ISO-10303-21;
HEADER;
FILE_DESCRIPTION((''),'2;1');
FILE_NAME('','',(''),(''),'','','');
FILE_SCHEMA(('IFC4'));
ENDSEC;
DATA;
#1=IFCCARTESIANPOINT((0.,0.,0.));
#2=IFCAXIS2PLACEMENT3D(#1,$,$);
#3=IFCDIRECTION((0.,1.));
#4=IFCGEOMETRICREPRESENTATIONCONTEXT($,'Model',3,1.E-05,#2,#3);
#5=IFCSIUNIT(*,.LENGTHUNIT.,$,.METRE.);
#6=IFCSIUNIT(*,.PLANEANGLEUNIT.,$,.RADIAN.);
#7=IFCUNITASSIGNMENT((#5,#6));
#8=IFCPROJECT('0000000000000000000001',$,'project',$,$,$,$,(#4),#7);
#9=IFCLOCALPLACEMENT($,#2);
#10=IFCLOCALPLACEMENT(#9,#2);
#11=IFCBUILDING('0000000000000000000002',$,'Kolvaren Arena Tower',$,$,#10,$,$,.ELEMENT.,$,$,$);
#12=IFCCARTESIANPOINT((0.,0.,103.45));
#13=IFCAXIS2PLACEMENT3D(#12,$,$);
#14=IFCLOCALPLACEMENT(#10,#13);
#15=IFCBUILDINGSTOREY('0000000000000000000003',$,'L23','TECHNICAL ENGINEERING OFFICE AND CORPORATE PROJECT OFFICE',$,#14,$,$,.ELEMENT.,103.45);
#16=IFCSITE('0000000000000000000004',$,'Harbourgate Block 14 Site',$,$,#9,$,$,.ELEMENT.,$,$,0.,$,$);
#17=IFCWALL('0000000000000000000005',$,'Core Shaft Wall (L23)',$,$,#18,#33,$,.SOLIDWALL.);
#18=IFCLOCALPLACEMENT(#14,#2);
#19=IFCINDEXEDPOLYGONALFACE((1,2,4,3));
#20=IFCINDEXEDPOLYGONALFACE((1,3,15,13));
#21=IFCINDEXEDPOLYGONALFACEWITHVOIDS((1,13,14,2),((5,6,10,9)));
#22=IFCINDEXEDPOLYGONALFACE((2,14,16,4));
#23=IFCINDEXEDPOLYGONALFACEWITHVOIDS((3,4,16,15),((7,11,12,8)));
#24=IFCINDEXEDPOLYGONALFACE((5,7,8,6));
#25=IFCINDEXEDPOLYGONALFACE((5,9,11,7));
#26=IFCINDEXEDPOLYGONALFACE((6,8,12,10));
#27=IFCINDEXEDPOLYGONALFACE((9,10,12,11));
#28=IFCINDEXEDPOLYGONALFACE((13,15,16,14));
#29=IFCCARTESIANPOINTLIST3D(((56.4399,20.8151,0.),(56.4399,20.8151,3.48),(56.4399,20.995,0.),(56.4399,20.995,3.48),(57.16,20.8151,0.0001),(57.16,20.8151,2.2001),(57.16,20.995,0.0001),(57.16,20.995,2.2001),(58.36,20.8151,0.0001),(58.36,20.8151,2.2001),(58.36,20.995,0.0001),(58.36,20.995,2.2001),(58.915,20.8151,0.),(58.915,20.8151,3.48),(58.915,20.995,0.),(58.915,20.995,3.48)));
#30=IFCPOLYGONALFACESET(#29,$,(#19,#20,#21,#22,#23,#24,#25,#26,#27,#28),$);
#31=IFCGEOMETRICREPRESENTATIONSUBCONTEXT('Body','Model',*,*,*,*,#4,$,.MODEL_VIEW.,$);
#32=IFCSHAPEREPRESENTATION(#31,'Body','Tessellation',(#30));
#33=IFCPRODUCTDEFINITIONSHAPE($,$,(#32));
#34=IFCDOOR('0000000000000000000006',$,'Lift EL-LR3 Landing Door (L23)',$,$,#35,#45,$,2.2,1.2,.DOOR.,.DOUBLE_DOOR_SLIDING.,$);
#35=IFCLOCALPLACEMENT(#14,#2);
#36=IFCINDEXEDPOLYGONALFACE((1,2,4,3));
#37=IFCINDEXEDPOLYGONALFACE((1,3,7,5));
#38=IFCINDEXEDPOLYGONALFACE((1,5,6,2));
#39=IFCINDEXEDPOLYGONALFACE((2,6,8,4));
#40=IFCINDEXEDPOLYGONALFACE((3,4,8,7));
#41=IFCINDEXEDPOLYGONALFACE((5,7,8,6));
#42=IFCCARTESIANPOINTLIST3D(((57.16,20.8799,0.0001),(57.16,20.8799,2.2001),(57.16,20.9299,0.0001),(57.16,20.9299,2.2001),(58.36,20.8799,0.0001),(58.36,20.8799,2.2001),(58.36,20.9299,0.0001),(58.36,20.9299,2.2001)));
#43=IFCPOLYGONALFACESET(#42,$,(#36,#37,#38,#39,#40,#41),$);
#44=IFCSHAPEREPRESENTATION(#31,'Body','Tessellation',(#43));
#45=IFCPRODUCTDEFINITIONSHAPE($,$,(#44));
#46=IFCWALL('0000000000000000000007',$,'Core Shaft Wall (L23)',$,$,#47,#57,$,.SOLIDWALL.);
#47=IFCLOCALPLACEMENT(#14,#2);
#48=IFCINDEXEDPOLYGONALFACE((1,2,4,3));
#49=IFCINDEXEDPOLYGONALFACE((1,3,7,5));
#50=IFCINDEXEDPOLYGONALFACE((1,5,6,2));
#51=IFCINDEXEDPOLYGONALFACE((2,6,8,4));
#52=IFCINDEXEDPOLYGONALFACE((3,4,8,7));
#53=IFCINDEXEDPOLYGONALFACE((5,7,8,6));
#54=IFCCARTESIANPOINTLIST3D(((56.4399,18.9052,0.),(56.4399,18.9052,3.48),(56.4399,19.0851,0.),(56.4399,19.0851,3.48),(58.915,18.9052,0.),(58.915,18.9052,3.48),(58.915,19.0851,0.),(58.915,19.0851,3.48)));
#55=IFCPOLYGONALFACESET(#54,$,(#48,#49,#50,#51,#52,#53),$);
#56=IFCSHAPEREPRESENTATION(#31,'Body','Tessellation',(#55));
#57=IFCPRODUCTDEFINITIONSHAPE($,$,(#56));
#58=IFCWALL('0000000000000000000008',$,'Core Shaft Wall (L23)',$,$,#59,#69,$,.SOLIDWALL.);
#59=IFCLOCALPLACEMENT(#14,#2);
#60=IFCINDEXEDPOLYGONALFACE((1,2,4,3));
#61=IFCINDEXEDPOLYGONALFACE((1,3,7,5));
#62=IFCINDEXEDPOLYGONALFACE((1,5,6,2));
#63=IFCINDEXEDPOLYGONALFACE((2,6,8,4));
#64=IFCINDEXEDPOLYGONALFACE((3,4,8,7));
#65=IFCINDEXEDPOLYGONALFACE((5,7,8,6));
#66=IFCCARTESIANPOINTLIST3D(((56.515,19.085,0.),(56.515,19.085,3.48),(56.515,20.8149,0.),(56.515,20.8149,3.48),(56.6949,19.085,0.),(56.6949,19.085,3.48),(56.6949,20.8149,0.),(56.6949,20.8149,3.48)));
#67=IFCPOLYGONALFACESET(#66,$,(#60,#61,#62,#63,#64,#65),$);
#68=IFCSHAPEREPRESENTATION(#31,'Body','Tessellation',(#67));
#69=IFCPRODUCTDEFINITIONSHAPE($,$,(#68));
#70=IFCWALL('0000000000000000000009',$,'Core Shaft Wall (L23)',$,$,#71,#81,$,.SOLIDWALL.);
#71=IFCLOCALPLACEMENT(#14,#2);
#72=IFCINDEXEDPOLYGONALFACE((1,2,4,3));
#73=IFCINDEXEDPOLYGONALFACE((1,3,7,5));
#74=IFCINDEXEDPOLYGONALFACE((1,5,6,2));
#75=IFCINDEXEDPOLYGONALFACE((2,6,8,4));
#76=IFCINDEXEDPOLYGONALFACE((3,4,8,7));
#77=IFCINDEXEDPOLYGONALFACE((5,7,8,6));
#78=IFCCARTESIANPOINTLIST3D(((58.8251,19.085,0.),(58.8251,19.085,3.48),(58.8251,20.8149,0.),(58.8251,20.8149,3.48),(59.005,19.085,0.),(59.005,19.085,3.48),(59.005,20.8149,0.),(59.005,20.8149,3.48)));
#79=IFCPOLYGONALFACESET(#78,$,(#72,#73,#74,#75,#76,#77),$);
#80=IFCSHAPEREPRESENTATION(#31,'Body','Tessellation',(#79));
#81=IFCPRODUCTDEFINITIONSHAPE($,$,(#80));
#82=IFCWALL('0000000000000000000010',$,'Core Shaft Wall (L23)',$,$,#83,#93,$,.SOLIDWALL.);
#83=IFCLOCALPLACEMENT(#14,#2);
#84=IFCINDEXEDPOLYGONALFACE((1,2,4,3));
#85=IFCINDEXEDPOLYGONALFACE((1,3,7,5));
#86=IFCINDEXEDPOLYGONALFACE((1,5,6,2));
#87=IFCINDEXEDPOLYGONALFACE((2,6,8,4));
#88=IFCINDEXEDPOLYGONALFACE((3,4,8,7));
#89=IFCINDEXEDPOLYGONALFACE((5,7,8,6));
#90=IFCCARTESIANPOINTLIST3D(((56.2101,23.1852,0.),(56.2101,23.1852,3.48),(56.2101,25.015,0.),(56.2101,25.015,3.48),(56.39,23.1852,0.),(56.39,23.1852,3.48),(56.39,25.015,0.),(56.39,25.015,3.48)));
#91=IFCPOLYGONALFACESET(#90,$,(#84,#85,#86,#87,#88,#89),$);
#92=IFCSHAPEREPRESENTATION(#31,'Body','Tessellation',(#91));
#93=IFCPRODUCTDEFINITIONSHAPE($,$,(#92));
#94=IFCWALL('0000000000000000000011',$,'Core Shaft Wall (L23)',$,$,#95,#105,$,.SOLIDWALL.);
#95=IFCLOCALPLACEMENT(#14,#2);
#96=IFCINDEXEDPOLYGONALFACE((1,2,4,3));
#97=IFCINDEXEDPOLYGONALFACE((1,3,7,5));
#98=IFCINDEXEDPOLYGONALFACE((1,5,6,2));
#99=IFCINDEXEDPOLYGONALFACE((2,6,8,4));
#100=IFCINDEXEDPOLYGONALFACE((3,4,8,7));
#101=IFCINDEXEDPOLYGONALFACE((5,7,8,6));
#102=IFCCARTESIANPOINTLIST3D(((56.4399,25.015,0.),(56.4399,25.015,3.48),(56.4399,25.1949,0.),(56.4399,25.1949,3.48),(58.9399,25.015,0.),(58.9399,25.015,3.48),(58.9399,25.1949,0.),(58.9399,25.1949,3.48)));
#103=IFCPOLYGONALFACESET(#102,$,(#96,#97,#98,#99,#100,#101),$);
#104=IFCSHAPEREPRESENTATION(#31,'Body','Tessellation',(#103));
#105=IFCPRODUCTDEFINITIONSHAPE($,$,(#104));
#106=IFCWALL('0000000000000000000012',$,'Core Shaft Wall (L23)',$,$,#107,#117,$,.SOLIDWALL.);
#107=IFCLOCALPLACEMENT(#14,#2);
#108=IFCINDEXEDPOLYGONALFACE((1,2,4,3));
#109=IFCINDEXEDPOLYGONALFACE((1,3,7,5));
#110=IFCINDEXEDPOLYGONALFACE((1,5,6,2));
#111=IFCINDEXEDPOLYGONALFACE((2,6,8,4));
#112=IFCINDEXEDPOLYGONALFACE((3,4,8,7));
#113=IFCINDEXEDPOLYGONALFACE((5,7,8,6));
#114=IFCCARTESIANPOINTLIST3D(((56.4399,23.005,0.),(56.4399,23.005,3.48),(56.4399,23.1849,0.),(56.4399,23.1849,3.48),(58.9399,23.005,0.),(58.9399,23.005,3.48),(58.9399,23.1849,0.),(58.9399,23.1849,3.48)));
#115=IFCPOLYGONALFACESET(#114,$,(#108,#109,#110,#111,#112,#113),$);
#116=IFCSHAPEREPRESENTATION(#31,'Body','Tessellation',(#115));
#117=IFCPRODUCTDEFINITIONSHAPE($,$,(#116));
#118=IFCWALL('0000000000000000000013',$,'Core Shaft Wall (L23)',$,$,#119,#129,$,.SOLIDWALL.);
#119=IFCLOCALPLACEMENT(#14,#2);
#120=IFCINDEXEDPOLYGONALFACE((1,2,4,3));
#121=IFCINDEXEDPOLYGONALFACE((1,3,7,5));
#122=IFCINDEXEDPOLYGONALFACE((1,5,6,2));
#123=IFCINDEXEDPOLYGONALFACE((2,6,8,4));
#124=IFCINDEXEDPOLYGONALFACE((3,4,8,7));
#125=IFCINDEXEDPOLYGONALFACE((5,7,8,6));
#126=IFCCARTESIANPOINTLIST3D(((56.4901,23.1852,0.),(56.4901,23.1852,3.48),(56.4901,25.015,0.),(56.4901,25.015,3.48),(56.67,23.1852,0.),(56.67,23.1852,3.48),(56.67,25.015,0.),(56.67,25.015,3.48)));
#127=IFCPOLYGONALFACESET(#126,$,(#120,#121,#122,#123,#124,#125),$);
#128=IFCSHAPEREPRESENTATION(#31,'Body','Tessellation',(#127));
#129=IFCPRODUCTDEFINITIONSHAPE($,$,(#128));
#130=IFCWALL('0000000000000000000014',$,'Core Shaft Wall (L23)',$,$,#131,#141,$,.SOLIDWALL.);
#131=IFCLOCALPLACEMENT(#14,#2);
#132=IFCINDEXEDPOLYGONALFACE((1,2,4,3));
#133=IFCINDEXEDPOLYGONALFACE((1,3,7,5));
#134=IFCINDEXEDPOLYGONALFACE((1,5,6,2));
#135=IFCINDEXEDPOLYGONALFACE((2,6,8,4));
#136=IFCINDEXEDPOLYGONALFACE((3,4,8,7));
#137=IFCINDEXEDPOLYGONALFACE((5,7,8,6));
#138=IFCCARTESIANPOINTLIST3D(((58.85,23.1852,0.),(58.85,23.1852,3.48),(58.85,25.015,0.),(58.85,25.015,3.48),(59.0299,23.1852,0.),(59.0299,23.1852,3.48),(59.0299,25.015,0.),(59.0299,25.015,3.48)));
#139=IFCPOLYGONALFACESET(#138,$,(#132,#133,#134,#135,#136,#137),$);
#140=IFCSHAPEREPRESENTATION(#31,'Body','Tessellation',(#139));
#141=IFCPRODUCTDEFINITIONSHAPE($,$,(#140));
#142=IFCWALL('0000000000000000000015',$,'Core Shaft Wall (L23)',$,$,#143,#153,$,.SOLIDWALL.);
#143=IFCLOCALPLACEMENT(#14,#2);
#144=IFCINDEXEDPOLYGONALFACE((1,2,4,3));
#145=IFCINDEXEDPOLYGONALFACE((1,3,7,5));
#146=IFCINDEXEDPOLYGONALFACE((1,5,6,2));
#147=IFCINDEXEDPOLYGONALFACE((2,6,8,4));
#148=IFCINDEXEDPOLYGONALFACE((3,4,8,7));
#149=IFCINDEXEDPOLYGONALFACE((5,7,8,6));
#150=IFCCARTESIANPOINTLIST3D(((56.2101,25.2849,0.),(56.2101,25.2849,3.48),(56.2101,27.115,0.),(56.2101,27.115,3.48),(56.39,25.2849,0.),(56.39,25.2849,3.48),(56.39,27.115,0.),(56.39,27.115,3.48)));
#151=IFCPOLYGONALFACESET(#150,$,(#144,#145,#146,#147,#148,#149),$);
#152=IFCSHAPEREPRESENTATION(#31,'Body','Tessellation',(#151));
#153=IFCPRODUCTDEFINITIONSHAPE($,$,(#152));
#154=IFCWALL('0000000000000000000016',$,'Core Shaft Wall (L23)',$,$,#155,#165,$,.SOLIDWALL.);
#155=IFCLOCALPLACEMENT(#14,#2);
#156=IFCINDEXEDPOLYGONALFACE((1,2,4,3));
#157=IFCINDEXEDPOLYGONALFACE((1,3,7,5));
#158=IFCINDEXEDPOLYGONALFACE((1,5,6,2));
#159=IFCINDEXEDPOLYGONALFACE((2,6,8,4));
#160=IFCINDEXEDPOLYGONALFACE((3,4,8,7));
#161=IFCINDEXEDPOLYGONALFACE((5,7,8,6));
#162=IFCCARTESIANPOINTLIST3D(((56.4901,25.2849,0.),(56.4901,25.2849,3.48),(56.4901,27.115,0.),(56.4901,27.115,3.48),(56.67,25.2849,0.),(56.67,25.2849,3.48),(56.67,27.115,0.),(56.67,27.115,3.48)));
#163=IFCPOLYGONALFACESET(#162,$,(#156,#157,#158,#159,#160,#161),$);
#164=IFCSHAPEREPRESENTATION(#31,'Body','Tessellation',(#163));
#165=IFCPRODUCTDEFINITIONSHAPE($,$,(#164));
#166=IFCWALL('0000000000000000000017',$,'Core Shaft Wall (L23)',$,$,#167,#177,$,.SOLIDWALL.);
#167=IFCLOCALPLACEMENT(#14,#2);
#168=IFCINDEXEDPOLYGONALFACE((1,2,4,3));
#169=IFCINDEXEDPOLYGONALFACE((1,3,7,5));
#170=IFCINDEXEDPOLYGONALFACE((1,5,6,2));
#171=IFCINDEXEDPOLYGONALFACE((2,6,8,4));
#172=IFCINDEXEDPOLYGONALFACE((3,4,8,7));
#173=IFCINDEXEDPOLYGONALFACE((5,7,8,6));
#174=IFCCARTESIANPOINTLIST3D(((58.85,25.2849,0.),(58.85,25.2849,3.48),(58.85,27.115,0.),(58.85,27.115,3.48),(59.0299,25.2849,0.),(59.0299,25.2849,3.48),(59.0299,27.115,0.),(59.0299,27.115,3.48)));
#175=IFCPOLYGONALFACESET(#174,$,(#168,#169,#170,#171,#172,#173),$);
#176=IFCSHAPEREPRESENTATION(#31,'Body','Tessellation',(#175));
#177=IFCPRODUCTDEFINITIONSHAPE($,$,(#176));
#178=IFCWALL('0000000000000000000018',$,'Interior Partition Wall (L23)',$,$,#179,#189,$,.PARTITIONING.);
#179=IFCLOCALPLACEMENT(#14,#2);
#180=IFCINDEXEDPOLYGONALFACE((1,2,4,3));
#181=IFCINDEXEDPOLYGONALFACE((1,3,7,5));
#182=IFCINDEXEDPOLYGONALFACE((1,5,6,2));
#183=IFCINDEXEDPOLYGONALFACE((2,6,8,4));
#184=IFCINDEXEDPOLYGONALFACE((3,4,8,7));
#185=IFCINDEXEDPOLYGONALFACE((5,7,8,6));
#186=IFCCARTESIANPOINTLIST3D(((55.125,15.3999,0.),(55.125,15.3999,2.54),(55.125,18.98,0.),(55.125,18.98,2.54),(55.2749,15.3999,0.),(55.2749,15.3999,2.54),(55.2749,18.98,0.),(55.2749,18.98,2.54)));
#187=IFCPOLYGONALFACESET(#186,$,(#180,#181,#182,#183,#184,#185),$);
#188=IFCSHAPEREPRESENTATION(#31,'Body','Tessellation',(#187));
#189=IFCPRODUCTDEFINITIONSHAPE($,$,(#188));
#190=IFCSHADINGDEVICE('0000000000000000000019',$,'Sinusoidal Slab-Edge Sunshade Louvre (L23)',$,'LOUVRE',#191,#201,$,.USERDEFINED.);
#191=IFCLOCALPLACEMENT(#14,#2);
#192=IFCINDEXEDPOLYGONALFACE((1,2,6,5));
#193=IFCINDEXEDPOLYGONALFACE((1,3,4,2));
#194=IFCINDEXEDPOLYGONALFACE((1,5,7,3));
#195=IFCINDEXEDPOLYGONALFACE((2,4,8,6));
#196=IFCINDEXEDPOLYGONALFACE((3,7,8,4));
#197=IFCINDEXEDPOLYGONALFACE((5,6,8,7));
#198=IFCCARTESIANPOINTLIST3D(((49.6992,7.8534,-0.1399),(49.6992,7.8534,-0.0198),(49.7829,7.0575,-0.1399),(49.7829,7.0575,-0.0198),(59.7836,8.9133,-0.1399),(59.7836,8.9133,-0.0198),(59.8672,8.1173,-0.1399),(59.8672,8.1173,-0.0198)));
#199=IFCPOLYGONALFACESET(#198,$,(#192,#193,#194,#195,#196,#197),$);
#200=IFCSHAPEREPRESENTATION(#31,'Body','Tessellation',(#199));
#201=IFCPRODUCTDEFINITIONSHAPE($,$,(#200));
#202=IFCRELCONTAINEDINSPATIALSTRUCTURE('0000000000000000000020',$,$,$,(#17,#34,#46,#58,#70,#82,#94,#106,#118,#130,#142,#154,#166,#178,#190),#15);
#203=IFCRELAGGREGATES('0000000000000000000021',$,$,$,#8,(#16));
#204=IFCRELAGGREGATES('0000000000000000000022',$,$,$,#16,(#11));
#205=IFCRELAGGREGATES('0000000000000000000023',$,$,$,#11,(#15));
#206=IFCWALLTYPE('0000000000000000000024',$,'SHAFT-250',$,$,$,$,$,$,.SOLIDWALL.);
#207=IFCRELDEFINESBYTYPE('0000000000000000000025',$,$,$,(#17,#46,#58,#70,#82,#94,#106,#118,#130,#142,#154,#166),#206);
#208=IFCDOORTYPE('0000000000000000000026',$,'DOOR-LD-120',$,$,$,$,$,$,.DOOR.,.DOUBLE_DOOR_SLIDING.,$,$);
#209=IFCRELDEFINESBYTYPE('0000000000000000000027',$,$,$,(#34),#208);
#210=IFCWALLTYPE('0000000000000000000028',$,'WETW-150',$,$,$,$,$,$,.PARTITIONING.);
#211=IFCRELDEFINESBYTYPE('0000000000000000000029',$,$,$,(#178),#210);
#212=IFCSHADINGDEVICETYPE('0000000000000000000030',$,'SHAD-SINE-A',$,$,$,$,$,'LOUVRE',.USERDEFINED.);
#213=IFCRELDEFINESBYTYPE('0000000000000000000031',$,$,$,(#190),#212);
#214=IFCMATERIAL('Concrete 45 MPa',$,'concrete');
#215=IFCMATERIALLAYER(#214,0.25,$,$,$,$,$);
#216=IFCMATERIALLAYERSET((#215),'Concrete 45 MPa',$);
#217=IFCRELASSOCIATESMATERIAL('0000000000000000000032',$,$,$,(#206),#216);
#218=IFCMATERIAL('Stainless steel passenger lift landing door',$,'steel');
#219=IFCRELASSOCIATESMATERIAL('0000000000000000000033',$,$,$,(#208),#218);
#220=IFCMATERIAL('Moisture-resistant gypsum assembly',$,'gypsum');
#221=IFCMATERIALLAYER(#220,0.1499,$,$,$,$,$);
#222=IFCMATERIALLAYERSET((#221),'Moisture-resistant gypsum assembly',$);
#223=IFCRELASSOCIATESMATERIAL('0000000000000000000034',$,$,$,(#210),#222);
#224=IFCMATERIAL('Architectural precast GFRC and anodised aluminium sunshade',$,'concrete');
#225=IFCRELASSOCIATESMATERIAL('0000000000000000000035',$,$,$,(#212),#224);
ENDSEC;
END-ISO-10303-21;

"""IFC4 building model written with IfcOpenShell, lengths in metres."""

from ifc_helpers import new_model, si_unit, direction, frame, frame_2d, origin, origin_2d, place, context, subcontext, project, spatial, rectangle, extrude, material, layer, layer_set, type_object, element, fill, save


model = new_model("IFC4")

# Units and contexts
model_context = context("Model", 3, precision=1e-05, world=origin(), true_north=direction((0.0, 1.0)))
body_context = subcontext(model_context, "Body", "Model", "MODEL_VIEW")
ifc_project = project(units=[si_unit("LENGTHUNIT", "METRE"), si_unit("PLANEANGLEUNIT", "RADIAN")], contexts=[model_context])

# Site, building, storey
site_placement = place(None, origin())
site = spatial("IfcSite", under=ifc_project, at=site_placement, Name="Harbourgate Block 14 Site", CompositionType="ELEMENT", RefElevation=0.0)
building_placement = place(site_placement, origin())
building = spatial("IfcBuilding", under=site, at=building_placement, Name="Kolvaren Arena Tower", CompositionType="ELEMENT")
storey_placement = place(building_placement, frame((0.0, 0.0, 103.45)))
storey = spatial("IfcBuildingStorey", under=building, at=storey_placement, Name="L23", Description="TECHNICAL ENGINEERING OFFICE AND CORPORATE PROJECT OFFICE", CompositionType="ELEMENT", Elevation=103.45)

# Shared definitions
ifc_material_1 = material(Name="Concrete 45 MPa", Category="concrete")
ifc_layer_1 = layer(ifc_material_1, 0.25)
ifc_layer_set_1 = layer_set([ifc_layer_1], Name="Concrete 45 MPa")
wall_type_1 = type_object("IfcWallType", Name="SHAFT-250", PredefinedType="SOLIDWALL", material=ifc_layer_set_1)

# Wall, opening, door
wall_1_placement = place(storey_placement, frame((56.4399, 20.905, 0.0), z_axis=(0.0, 0.0, 1.0), x_axis=(1.0, 0.0, 0.0)))
wall_1 = element("IfcWall", 1, at=wall_1_placement, inside=storey, type_object=wall_type_1, Name="Core Shaft Wall (L23)", PredefinedType="SOLIDWALL", context=body_context, shape_type="SweptSolid", body=[
    extrude(rectangle(XDim=2.4751, YDim=0.1799, at=frame_2d((1.2375, 0.0))), origin(), (0.0, 0.0, 1.0), 3.48),
])
opening_placement = place(wall_1_placement, frame((0.72, 0.0, 0.0)))
opening = element("IfcOpeningElement", 2, at=opening_placement, cuts=wall_1, PredefinedType="OPENING", context=body_context, shape_type="SweptSolid", body=[
    extrude(rectangle(XDim=1.2, YDim=2.2, at=frame_2d((0.6001, 1.1001))), frame((0.0, 0.0999, 0.0), z_axis=(0.0, -1.0, 0.0), x_axis=(1.0, 0.0, 0.0)), (0.0, 0.0, 1.0), 0.2),
])
ifc_material_2 = material(Name="Stainless steel passenger lift landing door", Category="steel")
door_type = type_object("IfcDoorType", Name="DOOR-LD-120", OperationType="DOUBLE_DOOR_SLIDING", PredefinedType="DOOR", material=ifc_material_2)
door_placement = place(opening_placement, origin())
door = element("IfcDoor", 3, at=door_placement, inside=storey, type_object=door_type, Name="Lift EL-LR3 Landing Door (L23)", OperationType="DOUBLE_DOOR_SLIDING", OverallHeight=2.2, OverallWidth=1.2, PredefinedType="DOOR", context=body_context, shape_type="SweptSolid", body=[
    extrude(rectangle(XDim=1.2, YDim=2.2, at=frame_2d((0.6001, 1.1001))), frame((0.0, 0.0249, 0.0), z_axis=(0.0, -1.0, 0.0), x_axis=(1.0, 0.0, 0.0)), (0.0, 0.0, 1.0), 0.05),
])
fill(opening, door)

# Walls
wall_2_placement = place(storey_placement, frame((56.4399, 18.9951, 0.0), z_axis=(0.0, 0.0, 1.0), x_axis=(1.0, 0.0, 0.0)))
element("IfcWall", 4, at=wall_2_placement, inside=storey, type_object=wall_type_1, Name="Core Shaft Wall (L23)", PredefinedType="SOLIDWALL", context=body_context, shape_type="SweptSolid", body=[
    extrude(rectangle(XDim=2.4751, YDim=0.1799, at=frame_2d((1.2375, 0.0))), origin(), (0.0, 0.0, 1.0), 3.48),
])
for number, where, z_axis, x_axis, name in (
    (5, (56.605, 19.085, 0.0), (0.0, 0.0, 1.0), (0.0, 1.0, 0.0), "Core Shaft Wall (L23)"),
    (6, (58.915, 19.085, 0.0), (0.0, 0.0, 1.0), (0.0, 1.0, 0.0), "Core Shaft Wall (L23)"),
):
    element("IfcWall", number, at=place(storey_placement, frame(where, z_axis=z_axis, x_axis=x_axis)), inside=storey, type_object=wall_type_1, Name=name, PredefinedType="SOLIDWALL", context=body_context, shape_type="SweptSolid", body=[
        extrude(rectangle(XDim=1.73, YDim=0.1799, at=frame_2d((0.865, 0.0))), origin(), (0.0, 0.0, 1.0), 3.48),
    ])
wall_3_placement = place(storey_placement, frame((56.3, 23.1851, 0.0), z_axis=(0.0, 0.0, 1.0), x_axis=(0.0, 1.0, 0.0)))
element("IfcWall", 7, at=wall_3_placement, inside=storey, type_object=wall_type_1, Name="Core Shaft Wall (L23)", PredefinedType="SOLIDWALL", context=body_context, shape_type="SweptSolid", body=[
    extrude(rectangle(XDim=1.8298, YDim=0.1799, at=frame_2d((0.915, 0.0))), origin(), (0.0, 0.0, 1.0), 3.48),
])
for number, where, z_axis, x_axis, name in (
    (8, (56.4399, 25.105, 0.0), (0.0, 0.0, 1.0), (1.0, 0.0, 0.0), "Core Shaft Wall (L23)"),
    (9, (56.4399, 23.095, 0.0), (0.0, 0.0, 1.0), (1.0, 0.0, 0.0), "Core Shaft Wall (L23)"),
):
    element("IfcWall", number, at=place(storey_placement, frame(where, z_axis=z_axis, x_axis=x_axis)), inside=storey, type_object=wall_type_1, Name=name, PredefinedType="SOLIDWALL", context=body_context, shape_type="SweptSolid", body=[
        extrude(rectangle(XDim=2.5, YDim=0.1799, at=frame_2d((1.25, 0.0))), origin(), (0.0, 0.0, 1.0), 3.48),
    ])
for number, where, z_axis, x_axis, name in (
    (10, (56.5801, 23.1851, 0.0), (0.0, 0.0, 1.0), (0.0, 1.0, 0.0), "Core Shaft Wall (L23)"),
    (11, (58.9399, 23.1851, 0.0), (0.0, 0.0, 1.0), (0.0, 1.0, 0.0), "Core Shaft Wall (L23)"),
):
    element("IfcWall", number, at=place(storey_placement, frame(where, z_axis=z_axis, x_axis=x_axis)), inside=storey, type_object=wall_type_1, Name=name, PredefinedType="SOLIDWALL", context=body_context, shape_type="SweptSolid", body=[
        extrude(rectangle(XDim=1.8298, YDim=0.1799, at=frame_2d((0.915, 0.0))), origin(), (0.0, 0.0, 1.0), 3.48),
    ])
for number, where, z_axis, x_axis, name in (
    (12, (56.3, 25.2849, 0.0), (0.0, 0.0, 1.0), (0.0, 1.0, 0.0), "Core Shaft Wall (L23)"),
    (13, (56.5801, 25.2849, 0.0), (0.0, 0.0, 1.0), (0.0, 1.0, 0.0), "Core Shaft Wall (L23)"),
    (14, (58.9399, 25.2849, 0.0), (0.0, 0.0, 1.0), (0.0, 1.0, 0.0), "Core Shaft Wall (L23)"),
):
    element("IfcWall", number, at=place(storey_placement, frame(where, z_axis=z_axis, x_axis=x_axis)), inside=storey, type_object=wall_type_1, Name=name, PredefinedType="SOLIDWALL", context=body_context, shape_type="SweptSolid", body=[
        extrude(rectangle(XDim=1.8301, YDim=0.1799, at=frame_2d((0.915, 0.0))), origin(), (0.0, 0.0, 1.0), 3.48),
    ])
ifc_material_3 = material(Name="Moisture-resistant gypsum assembly", Category="gypsum")
ifc_layer_2 = layer(ifc_material_3, 0.1499)
ifc_layer_set_2 = layer_set([ifc_layer_2], Name="Moisture-resistant gypsum assembly")
wall_type_2 = type_object("IfcWallType", Name="WETW-150", PredefinedType="PARTITIONING", material=ifc_layer_set_2)
wall_4_placement = place(storey_placement, frame((55.2, 15.3999, 0.0), z_axis=(0.0, 0.0, 1.0), x_axis=(0.0, 1.0, 0.0)))
element("IfcWall", 15, at=wall_4_placement, inside=storey, type_object=wall_type_2, Name="Interior Partition Wall (L23)", PredefinedType="PARTITIONING", context=body_context, shape_type="SweptSolid", body=[
    extrude(rectangle(XDim=3.5801, YDim=0.1499, at=frame_2d((1.79, 0.0))), origin(), (0.0, 0.0, 1.0), 2.54),
])

# Shading device
ifc_material_4 = material(Name="Architectural precast GFRC and anodised aluminium sunshade", Category="concrete")
shading_device_type = type_object("IfcShadingDeviceType", Name="SHAD-SINE-A", ElementType="LOUVRE", PredefinedType="USERDEFINED", material=ifc_material_4)
shading_device_placement = place(storey_placement, frame((54.7832, 7.9854, -0.1399), z_axis=(0.0, 0.0, 1.0), x_axis=(-0.994522, -0.104527, 0.0)))
element("IfcShadingDevice", 16, at=shading_device_placement, inside=storey, type_object=shading_device_type, Name="Sinusoidal Slab-Edge Sunshade Louvre (L23)", ObjectType="LOUVRE", PredefinedType="USERDEFINED", context=body_context, shape_type="SweptSolid", body=[
    extrude(rectangle(XDim=10.1399, YDim=0.8003, at=origin_2d()), origin(), (0.0, 0.0, 1.0), 0.1201),
])

save(model, "model.ifc")
